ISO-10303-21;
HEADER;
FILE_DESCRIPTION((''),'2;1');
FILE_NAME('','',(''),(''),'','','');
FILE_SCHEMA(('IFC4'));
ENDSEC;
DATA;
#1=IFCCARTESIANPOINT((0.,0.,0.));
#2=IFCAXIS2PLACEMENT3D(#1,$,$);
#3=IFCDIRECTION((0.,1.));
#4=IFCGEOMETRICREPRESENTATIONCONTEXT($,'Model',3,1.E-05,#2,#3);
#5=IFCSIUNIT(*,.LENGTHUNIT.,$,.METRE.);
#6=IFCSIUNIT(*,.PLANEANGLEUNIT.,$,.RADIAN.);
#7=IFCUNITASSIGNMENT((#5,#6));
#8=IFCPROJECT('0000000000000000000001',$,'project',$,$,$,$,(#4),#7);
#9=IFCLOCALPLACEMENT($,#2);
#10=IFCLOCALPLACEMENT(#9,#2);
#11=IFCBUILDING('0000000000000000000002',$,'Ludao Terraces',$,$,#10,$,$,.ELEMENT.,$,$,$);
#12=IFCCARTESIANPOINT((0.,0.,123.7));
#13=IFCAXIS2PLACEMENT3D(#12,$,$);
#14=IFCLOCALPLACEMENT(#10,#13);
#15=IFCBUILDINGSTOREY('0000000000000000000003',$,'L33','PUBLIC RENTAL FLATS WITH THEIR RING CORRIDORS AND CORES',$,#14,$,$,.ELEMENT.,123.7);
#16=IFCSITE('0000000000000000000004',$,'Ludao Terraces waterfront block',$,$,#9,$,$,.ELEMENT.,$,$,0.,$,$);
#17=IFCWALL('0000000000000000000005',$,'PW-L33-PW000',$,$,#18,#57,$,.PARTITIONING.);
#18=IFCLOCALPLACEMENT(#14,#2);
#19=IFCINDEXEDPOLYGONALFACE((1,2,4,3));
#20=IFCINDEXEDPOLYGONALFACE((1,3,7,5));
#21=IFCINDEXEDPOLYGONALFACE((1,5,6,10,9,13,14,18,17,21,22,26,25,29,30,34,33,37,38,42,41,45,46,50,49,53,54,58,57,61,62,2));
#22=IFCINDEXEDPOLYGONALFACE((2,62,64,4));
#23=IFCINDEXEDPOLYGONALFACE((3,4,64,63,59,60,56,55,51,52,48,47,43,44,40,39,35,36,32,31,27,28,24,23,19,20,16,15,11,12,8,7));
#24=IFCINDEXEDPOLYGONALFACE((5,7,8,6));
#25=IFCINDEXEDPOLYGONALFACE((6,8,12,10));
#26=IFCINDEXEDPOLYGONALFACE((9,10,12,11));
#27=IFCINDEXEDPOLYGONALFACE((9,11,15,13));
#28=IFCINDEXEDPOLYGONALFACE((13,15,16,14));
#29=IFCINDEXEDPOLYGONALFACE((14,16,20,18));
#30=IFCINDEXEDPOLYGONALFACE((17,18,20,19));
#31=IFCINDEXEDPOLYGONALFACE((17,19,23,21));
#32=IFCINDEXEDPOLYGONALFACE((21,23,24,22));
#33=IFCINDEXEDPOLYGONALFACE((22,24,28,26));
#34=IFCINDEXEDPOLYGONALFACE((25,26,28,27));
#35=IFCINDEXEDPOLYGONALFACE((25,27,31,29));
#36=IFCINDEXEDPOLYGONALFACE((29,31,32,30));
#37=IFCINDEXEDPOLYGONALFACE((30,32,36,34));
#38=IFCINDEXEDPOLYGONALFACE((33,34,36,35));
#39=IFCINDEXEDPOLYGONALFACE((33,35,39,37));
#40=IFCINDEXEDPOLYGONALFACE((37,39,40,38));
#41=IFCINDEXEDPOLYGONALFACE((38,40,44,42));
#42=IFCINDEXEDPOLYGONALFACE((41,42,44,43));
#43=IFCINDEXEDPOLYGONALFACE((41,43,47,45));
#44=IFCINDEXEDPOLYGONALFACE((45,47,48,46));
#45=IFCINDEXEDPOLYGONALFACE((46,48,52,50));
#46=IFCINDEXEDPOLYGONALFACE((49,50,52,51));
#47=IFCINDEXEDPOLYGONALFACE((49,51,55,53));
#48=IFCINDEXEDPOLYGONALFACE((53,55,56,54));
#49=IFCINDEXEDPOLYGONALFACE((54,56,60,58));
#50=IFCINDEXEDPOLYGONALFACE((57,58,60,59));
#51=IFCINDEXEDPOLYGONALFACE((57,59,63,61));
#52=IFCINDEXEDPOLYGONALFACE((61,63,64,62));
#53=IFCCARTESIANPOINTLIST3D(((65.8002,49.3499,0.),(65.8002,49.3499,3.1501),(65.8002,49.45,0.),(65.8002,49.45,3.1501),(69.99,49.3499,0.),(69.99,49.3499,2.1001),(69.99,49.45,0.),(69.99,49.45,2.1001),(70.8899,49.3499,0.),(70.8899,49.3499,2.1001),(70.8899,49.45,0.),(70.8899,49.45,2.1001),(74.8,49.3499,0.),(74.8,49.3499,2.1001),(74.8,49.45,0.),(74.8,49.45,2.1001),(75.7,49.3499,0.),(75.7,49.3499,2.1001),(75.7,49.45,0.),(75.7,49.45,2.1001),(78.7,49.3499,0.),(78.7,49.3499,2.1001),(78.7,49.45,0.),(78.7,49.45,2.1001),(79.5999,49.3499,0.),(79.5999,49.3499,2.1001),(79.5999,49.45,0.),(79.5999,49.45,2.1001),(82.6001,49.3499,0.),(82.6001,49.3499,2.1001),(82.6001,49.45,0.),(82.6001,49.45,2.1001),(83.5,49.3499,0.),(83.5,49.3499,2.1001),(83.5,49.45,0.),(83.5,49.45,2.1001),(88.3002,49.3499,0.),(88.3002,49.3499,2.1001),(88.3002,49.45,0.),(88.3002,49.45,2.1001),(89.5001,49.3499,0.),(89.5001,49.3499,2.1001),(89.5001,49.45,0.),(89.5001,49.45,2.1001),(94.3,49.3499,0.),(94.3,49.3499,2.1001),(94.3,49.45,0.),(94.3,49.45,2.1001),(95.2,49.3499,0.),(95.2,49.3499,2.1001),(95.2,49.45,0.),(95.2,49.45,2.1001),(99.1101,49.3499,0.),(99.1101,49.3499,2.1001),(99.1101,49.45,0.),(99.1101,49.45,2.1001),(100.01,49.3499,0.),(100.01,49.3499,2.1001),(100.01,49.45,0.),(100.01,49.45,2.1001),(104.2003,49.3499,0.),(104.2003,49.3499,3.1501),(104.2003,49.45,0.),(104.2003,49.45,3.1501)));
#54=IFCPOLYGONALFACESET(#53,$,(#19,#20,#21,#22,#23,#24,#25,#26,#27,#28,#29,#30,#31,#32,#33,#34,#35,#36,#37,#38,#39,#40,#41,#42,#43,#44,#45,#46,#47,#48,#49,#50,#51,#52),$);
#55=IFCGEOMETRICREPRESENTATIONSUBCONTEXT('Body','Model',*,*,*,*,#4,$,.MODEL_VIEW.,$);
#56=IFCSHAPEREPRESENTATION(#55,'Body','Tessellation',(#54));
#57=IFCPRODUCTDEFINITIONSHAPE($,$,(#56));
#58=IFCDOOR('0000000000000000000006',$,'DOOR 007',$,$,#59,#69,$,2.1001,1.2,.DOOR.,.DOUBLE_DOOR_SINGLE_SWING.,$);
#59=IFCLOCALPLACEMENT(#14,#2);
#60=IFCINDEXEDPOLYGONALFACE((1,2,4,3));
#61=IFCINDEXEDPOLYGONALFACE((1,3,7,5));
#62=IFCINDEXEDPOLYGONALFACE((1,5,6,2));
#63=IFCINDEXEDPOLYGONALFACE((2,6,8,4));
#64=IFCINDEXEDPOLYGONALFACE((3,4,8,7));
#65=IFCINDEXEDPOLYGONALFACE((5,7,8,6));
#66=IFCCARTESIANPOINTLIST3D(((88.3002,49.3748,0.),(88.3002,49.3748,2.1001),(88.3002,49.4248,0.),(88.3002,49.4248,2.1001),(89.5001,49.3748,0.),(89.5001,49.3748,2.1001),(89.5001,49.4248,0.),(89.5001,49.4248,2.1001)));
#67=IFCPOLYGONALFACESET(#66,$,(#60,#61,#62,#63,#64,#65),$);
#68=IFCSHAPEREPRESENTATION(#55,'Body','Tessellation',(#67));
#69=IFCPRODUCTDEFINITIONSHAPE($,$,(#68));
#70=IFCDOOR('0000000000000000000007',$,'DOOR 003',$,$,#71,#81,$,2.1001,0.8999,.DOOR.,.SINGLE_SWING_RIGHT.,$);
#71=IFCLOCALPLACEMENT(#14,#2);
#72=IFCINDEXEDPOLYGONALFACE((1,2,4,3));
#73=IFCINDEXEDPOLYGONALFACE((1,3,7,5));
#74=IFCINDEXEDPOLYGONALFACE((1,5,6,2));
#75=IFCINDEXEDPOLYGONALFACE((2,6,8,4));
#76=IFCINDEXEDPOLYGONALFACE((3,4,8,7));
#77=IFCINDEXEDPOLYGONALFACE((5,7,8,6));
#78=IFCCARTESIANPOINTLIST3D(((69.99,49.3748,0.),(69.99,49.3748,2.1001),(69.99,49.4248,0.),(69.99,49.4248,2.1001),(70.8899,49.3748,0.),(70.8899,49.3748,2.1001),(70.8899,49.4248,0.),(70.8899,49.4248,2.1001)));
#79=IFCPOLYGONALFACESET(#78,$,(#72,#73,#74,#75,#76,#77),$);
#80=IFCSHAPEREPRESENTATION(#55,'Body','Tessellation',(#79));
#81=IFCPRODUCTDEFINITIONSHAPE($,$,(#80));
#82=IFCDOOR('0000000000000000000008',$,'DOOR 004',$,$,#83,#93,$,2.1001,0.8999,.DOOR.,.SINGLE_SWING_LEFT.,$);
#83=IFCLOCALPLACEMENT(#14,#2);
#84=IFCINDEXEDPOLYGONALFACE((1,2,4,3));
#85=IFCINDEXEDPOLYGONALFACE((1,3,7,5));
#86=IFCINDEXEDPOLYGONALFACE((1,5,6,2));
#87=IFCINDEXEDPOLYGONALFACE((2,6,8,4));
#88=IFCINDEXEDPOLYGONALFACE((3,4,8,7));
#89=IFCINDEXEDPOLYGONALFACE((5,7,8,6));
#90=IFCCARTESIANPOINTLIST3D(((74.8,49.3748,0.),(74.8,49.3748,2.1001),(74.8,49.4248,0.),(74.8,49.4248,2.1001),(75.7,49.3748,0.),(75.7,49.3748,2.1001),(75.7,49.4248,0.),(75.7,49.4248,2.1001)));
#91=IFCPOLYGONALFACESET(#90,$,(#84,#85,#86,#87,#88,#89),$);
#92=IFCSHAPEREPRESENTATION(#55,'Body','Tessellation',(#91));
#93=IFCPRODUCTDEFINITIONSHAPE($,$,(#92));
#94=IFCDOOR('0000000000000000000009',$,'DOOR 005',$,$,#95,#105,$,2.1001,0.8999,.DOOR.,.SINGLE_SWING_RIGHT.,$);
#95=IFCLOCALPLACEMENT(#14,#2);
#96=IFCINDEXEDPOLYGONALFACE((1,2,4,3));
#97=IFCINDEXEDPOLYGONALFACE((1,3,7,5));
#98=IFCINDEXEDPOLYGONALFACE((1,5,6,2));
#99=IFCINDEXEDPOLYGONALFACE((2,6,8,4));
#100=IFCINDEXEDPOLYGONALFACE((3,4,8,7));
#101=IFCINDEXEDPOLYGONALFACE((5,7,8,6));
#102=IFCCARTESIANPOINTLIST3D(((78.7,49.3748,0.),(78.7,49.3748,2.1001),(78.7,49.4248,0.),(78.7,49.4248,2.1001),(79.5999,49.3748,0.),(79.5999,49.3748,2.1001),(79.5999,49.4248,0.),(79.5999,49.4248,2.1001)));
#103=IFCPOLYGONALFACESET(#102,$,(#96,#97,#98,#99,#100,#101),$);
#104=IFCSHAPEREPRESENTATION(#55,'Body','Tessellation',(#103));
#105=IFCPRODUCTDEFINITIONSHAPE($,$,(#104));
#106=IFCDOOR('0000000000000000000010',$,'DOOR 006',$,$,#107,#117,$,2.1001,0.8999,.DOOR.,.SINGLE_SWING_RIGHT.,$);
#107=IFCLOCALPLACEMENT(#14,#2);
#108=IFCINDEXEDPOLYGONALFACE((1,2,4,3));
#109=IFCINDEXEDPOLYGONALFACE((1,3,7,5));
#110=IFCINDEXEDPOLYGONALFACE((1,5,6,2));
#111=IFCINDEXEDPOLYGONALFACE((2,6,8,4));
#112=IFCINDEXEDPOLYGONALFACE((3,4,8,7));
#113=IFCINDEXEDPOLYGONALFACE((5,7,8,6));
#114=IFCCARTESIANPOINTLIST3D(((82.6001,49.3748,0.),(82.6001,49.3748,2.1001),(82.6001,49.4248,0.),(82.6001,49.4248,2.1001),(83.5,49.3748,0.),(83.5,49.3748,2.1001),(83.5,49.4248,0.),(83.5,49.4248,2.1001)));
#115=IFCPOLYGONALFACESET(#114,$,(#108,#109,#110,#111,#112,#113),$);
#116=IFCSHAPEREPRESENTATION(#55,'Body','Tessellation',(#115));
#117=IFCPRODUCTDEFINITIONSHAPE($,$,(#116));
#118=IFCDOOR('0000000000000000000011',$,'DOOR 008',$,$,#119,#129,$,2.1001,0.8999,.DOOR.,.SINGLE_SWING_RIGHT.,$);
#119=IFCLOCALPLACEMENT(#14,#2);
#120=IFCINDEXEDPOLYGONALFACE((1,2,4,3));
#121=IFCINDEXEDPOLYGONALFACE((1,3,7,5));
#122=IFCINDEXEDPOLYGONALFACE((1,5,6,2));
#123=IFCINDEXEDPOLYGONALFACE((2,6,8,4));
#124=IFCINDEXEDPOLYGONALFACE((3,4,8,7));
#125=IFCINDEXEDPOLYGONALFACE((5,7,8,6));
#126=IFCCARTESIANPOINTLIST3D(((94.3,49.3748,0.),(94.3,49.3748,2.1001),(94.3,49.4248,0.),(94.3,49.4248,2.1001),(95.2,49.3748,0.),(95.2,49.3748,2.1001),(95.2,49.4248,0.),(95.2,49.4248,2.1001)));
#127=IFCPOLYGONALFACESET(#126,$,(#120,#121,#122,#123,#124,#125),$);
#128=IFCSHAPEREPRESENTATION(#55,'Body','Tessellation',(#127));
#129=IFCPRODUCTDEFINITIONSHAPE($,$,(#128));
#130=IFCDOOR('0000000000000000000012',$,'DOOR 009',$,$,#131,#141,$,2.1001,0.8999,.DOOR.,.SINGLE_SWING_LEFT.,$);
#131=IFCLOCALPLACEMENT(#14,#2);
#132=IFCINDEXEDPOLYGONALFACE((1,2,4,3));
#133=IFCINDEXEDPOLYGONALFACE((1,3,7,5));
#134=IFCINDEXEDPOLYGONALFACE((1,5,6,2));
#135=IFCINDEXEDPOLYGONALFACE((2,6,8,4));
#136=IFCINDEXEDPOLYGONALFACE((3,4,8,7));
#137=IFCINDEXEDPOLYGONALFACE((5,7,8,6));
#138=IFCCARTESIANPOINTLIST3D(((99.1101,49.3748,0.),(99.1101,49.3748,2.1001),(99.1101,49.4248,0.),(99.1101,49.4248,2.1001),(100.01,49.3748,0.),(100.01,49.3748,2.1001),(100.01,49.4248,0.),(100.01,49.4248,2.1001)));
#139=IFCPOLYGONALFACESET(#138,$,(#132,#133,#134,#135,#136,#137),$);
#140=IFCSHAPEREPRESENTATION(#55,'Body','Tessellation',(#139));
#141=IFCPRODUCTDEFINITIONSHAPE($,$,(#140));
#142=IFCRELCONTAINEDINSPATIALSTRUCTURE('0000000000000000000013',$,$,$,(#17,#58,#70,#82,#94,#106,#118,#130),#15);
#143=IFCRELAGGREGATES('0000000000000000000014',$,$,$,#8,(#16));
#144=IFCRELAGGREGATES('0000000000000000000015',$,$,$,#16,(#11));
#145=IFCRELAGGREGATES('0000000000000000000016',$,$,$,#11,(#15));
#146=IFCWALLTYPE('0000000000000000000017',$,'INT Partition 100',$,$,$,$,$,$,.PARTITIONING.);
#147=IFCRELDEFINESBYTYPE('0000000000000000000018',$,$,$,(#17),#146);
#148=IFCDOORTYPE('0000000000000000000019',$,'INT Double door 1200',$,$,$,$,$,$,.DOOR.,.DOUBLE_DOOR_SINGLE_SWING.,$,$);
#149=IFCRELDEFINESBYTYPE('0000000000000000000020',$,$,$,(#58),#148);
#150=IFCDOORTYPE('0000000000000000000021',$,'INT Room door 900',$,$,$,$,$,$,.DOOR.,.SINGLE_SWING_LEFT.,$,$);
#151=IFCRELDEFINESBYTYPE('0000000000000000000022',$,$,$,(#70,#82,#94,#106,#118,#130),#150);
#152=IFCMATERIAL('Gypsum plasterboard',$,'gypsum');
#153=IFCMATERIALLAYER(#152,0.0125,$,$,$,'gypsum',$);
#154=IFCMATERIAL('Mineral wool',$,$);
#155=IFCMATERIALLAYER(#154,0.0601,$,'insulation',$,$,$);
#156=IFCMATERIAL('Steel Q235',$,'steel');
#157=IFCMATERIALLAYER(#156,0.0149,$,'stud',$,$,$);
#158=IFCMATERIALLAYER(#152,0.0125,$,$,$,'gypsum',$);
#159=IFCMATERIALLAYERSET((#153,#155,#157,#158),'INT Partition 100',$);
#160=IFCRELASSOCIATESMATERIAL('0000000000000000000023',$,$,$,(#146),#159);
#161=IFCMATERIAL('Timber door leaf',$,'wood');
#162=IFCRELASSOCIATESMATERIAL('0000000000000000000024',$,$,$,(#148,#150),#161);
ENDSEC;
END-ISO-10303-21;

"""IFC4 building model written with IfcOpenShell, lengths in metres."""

from ifc_helpers import new_model, si_unit, direction, frame, frame_2d, origin, place, context, subcontext, project, spatial, rectangle, extrude, material, layer, layer_set, type_object, element, fill, save


model = new_model("IFC4")

# Units and contexts
model_context = context("Model", 3, precision=1e-05, world=origin(), true_north=direction((0.0, 1.0)))
body_context = subcontext(model_context, "Body", "Model", "MODEL_VIEW")
ifc_project = project(units=[si_unit("LENGTHUNIT", "METRE"), si_unit("PLANEANGLEUNIT", "RADIAN")], contexts=[model_context])

# Site, building, storey
site_placement = place(None, origin())
site = spatial("IfcSite", under=ifc_project, at=site_placement, Name="Ludao Terraces waterfront block", CompositionType="ELEMENT", RefElevation=0.0)
building_placement = place(site_placement, origin())
building = spatial("IfcBuilding", under=site, at=building_placement, Name="Ludao Terraces", CompositionType="ELEMENT")
storey_placement = place(building_placement, frame((0.0, 0.0, 123.7)))
storey = spatial("IfcBuildingStorey", under=building, at=storey_placement, Name="L33", Description="PUBLIC RENTAL FLATS WITH THEIR RING CORRIDORS AND CORES", CompositionType="ELEMENT", Elevation=123.7)

# Shared definitions
ifc_material_1 = material(Name="Mineral wool")

# Wall, openings, doors
ifc_material_2 = material(Name="Gypsum plasterboard", Category="gypsum")
ifc_layer_1 = layer(ifc_material_2, 0.0125, Category="gypsum")
ifc_layer_2 = layer(ifc_material_1, 0.0601, Name="insulation")
ifc_material_3 = material(Name="Steel Q235", Category="steel")
ifc_layer_3 = layer(ifc_material_3, 0.0149, Name="stud")
ifc_layer_4 = layer(ifc_material_2, 0.0125, Category="gypsum")
ifc_layer_set_1 = layer_set([ifc_layer_1, ifc_layer_2, ifc_layer_3, ifc_layer_4], Name="INT Partition 100")
wall_type_1 = type_object("IfcWallType", Name="INT Partition 100", PredefinedType="PARTITIONING", material=ifc_layer_set_1)
wall_1_placement = place(storey_placement, frame((65.8, 49.3999, 0.0), z_axis=(0.0, 0.0, 1.0), x_axis=(1.0, 0.0, 0.0)))
wall_1 = element("IfcWall", 1, at=wall_1_placement, inside=storey, type_object=wall_type_1, Name="PW-L33-PW000", PredefinedType="PARTITIONING", context=body_context, shape_type="SweptSolid", body=[
    extrude(rectangle(XDim=38.4001, YDim=0.1001, at=frame_2d((19.2002, 0.0))), origin(), (0.0, 0.0, 1.0), 3.1501),
])
opening_1_placement = place(wall_1_placement, frame((4.1899, 0.0, 0.0)))
opening_1 = element("IfcOpeningElement", 2, at=opening_1_placement, cuts=wall_1, PredefinedType="OPENING", context=body_context, shape_type="SweptSolid", body=[
    extrude(rectangle(XDim=0.8999, YDim=2.1001, at=frame_2d((0.45, 1.05))), frame((0.0, 0.0601, 0.0), z_axis=(0.0, -1.0, 0.0), x_axis=(1.0, 0.0, 0.0)), (0.0, 0.0, 1.0), 0.1201),
])
opening_2_placement = place(wall_1_placement, frame((9.0, 0.0, 0.0)))
opening_2 = element("IfcOpeningElement", 3, at=opening_2_placement, cuts=wall_1, PredefinedType="OPENING", context=body_context, shape_type="SweptSolid", body=[
    extrude(rectangle(XDim=0.8999, YDim=2.1001, at=frame_2d((0.45, 1.05))), frame((0.0, 0.0601, 0.0), z_axis=(0.0, -1.0, 0.0), x_axis=(1.0, 0.0, 0.0)), (0.0, 0.0, 1.0), 0.1201),
])
opening_3_placement = place(wall_1_placement, frame((12.8999, 0.0, 0.0)))
opening_3 = element("IfcOpeningElement", 4, at=opening_3_placement, cuts=wall_1, PredefinedType="OPENING", context=body_context, shape_type="SweptSolid", body=[
    extrude(rectangle(XDim=0.8999, YDim=2.1001, at=frame_2d((0.45, 1.05))), frame((0.0, 0.0601, 0.0), z_axis=(0.0, -1.0, 0.0), x_axis=(1.0, 0.0, 0.0)), (0.0, 0.0, 1.0), 0.1201),
])
opening_4_placement = place(wall_1_placement, frame((16.8, 0.0, 0.0)))
opening_4 = element("IfcOpeningElement", 5, at=opening_4_placement, cuts=wall_1, PredefinedType="OPENING", context=body_context, shape_type="SweptSolid", body=[
    extrude(rectangle(XDim=0.8999, YDim=2.1001, at=frame_2d((0.45, 1.05))), frame((0.0, 0.0601, 0.0), z_axis=(0.0, -1.0, 0.0), x_axis=(1.0, 0.0, 0.0)), (0.0, 0.0, 1.0), 0.1201),
])
opening_5_placement = place(wall_1_placement, frame((22.5, 0.0, 0.0)))
opening_5 = element("IfcOpeningElement", 6, at=opening_5_placement, cuts=wall_1, PredefinedType="OPENING", context=body_context, shape_type="SweptSolid", body=[
    extrude(rectangle(XDim=1.2, YDim=2.1001, at=frame_2d((0.6001, 1.05))), frame((0.0, 0.0601, 0.0), z_axis=(0.0, -1.0, 0.0), x_axis=(1.0, 0.0, 0.0)), (0.0, 0.0, 1.0), 0.1201),
])
opening_6_placement = place(wall_1_placement, frame((28.5, 0.0, 0.0)))
opening_6 = element("IfcOpeningElement", 7, at=opening_6_placement, cuts=wall_1, PredefinedType="OPENING", context=body_context, shape_type="SweptSolid", body=[
    extrude(rectangle(XDim=0.8999, YDim=2.1001, at=frame_2d((0.45, 1.05))), frame((0.0, 0.0601, 0.0), z_axis=(0.0, -1.0, 0.0), x_axis=(1.0, 0.0, 0.0)), (0.0, 0.0, 1.0), 0.1201),
])
opening_7_placement = place(wall_1_placement, frame((33.3101, 0.0, 0.0)))
opening_7 = element("IfcOpeningElement", 8, at=opening_7_placement, cuts=wall_1, PredefinedType="OPENING", context=body_context, shape_type="SweptSolid", body=[
    extrude(rectangle(XDim=0.8999, YDim=2.1001, at=frame_2d((0.45, 1.05))), frame((0.0, 0.0601, 0.0), z_axis=(0.0, -1.0, 0.0), x_axis=(1.0, 0.0, 0.0)), (0.0, 0.0, 1.0), 0.1201),
])
ifc_material_4 = material(Name="Timber door leaf", Category="wood")
door_type_1 = type_object("IfcDoorType", Name="INT Double door 1200", OperationType="DOUBLE_DOOR_SINGLE_SWING", PredefinedType="DOOR", material=ifc_material_4)
door_1_placement = place(opening_5_placement, origin())
door_1 = element("IfcDoor", 9, at=door_1_placement, inside=storey, type_object=door_type_1, Name="DOOR 007", OperationType="DOUBLE_DOOR_SINGLE_SWING", OverallHeight=2.1001, OverallWidth=1.2, PredefinedType="DOOR", context=body_context, shape_type="SweptSolid", body=[
    extrude(rectangle(XDim=1.2, YDim=2.1001, at=frame_2d((0.6001, 1.05))), frame((0.0, 0.0249, 0.0), z_axis=(0.0, -1.0, 0.0), x_axis=(1.0, 0.0, 0.0)), (0.0, 0.0, 1.0), 0.05),
])
fill(opening_5, door_1)
door_type_2 = type_object("IfcDoorType", Name="INT Room door 900", OperationType="SINGLE_SWING_LEFT", PredefinedType="DOOR", material=ifc_material_4)
door_2_placement = place(opening_1_placement, origin())
door_2 = element("IfcDoor", 10, at=door_2_placement, inside=storey, type_object=door_type_2, Name="DOOR 003", OperationType="SINGLE_SWING_RIGHT", OverallHeight=2.1001, OverallWidth=0.8999, PredefinedType="DOOR", context=body_context, shape_type="SweptSolid", body=[
    extrude(rectangle(XDim=0.8999, YDim=2.1001, at=frame_2d((0.45, 1.05))), frame((0.0, 0.0249, 0.0), z_axis=(0.0, -1.0, 0.0), x_axis=(1.0, 0.0, 0.0)), (0.0, 0.0, 1.0), 0.05),
])
fill(opening_1, door_2)
door_3_placement = place(opening_2_placement, origin())
door_3 = element("IfcDoor", 11, at=door_3_placement, inside=storey, type_object=door_type_2, Name="DOOR 004", OperationType="SINGLE_SWING_LEFT", OverallHeight=2.1001, OverallWidth=0.8999, PredefinedType="DOOR", context=body_context, shape_type="SweptSolid", body=[
    extrude(rectangle(XDim=0.8999, YDim=2.1001, at=frame_2d((0.45, 1.05))), frame((0.0, 0.0249, 0.0), z_axis=(0.0, -1.0, 0.0), x_axis=(1.0, 0.0, 0.0)), (0.0, 0.0, 1.0), 0.05),
])
fill(opening_2, door_3)
door_4_placement = place(opening_3_placement, origin())
door_4 = element("IfcDoor", 12, at=door_4_placement, inside=storey, type_object=door_type_2, Name="DOOR 005", OperationType="SINGLE_SWING_RIGHT", OverallHeight=2.1001, OverallWidth=0.8999, PredefinedType="DOOR", context=body_context, shape_type="SweptSolid", body=[
    extrude(rectangle(XDim=0.8999, YDim=2.1001, at=frame_2d((0.45, 1.05))), frame((0.0, 0.0249, 0.0), z_axis=(0.0, -1.0, 0.0), x_axis=(1.0, 0.0, 0.0)), (0.0, 0.0, 1.0), 0.05),
])
fill(opening_3, door_4)
door_5_placement = place(opening_4_placement, origin())
door_5 = element("IfcDoor", 13, at=door_5_placement, inside=storey, type_object=door_type_2, Name="DOOR 006", OperationType="SINGLE_SWING_RIGHT", OverallHeight=2.1001, OverallWidth=0.8999, PredefinedType="DOOR", context=body_context, shape_type="SweptSolid", body=[
    extrude(rectangle(XDim=0.8999, YDim=2.1001, at=frame_2d((0.45, 1.05))), frame((0.0, 0.0249, 0.0), z_axis=(0.0, -1.0, 0.0), x_axis=(1.0, 0.0, 0.0)), (0.0, 0.0, 1.0), 0.05),
])
fill(opening_4, door_5)
door_6_placement = place(opening_6_placement, origin())
door_6 = element("IfcDoor", 14, at=door_6_placement, inside=storey, type_object=door_type_2, Name="DOOR 008", OperationType="SINGLE_SWING_RIGHT", OverallHeight=2.1001, OverallWidth=0.8999, PredefinedType="DOOR", context=body_context, shape_type="SweptSolid", body=[
    extrude(rectangle(XDim=0.8999, YDim=2.1001, at=frame_2d((0.45, 1.05))), frame((0.0, 0.0249, 0.0), z_axis=(0.0, -1.0, 0.0), x_axis=(1.0, 0.0, 0.0)), (0.0, 0.0, 1.0), 0.05),
])
fill(opening_6, door_6)
door_7_placement = place(opening_7_placement, origin())
door_7 = element("IfcDoor", 15, at=door_7_placement, inside=storey, type_object=door_type_2, Name="DOOR 009", OperationType="SINGLE_SWING_LEFT", OverallHeight=2.1001, OverallWidth=0.8999, PredefinedType="DOOR", context=body_context, shape_type="SweptSolid", body=[
    extrude(rectangle(XDim=0.8999, YDim=2.1001, at=frame_2d((0.45, 1.05))), frame((0.0, 0.0249, 0.0), z_axis=(0.0, -1.0, 0.0), x_axis=(1.0, 0.0, 0.0)), (0.0, 0.0, 1.0), 0.05),
])
fill(opening_7, door_7)

save(model, "model.ifc")
